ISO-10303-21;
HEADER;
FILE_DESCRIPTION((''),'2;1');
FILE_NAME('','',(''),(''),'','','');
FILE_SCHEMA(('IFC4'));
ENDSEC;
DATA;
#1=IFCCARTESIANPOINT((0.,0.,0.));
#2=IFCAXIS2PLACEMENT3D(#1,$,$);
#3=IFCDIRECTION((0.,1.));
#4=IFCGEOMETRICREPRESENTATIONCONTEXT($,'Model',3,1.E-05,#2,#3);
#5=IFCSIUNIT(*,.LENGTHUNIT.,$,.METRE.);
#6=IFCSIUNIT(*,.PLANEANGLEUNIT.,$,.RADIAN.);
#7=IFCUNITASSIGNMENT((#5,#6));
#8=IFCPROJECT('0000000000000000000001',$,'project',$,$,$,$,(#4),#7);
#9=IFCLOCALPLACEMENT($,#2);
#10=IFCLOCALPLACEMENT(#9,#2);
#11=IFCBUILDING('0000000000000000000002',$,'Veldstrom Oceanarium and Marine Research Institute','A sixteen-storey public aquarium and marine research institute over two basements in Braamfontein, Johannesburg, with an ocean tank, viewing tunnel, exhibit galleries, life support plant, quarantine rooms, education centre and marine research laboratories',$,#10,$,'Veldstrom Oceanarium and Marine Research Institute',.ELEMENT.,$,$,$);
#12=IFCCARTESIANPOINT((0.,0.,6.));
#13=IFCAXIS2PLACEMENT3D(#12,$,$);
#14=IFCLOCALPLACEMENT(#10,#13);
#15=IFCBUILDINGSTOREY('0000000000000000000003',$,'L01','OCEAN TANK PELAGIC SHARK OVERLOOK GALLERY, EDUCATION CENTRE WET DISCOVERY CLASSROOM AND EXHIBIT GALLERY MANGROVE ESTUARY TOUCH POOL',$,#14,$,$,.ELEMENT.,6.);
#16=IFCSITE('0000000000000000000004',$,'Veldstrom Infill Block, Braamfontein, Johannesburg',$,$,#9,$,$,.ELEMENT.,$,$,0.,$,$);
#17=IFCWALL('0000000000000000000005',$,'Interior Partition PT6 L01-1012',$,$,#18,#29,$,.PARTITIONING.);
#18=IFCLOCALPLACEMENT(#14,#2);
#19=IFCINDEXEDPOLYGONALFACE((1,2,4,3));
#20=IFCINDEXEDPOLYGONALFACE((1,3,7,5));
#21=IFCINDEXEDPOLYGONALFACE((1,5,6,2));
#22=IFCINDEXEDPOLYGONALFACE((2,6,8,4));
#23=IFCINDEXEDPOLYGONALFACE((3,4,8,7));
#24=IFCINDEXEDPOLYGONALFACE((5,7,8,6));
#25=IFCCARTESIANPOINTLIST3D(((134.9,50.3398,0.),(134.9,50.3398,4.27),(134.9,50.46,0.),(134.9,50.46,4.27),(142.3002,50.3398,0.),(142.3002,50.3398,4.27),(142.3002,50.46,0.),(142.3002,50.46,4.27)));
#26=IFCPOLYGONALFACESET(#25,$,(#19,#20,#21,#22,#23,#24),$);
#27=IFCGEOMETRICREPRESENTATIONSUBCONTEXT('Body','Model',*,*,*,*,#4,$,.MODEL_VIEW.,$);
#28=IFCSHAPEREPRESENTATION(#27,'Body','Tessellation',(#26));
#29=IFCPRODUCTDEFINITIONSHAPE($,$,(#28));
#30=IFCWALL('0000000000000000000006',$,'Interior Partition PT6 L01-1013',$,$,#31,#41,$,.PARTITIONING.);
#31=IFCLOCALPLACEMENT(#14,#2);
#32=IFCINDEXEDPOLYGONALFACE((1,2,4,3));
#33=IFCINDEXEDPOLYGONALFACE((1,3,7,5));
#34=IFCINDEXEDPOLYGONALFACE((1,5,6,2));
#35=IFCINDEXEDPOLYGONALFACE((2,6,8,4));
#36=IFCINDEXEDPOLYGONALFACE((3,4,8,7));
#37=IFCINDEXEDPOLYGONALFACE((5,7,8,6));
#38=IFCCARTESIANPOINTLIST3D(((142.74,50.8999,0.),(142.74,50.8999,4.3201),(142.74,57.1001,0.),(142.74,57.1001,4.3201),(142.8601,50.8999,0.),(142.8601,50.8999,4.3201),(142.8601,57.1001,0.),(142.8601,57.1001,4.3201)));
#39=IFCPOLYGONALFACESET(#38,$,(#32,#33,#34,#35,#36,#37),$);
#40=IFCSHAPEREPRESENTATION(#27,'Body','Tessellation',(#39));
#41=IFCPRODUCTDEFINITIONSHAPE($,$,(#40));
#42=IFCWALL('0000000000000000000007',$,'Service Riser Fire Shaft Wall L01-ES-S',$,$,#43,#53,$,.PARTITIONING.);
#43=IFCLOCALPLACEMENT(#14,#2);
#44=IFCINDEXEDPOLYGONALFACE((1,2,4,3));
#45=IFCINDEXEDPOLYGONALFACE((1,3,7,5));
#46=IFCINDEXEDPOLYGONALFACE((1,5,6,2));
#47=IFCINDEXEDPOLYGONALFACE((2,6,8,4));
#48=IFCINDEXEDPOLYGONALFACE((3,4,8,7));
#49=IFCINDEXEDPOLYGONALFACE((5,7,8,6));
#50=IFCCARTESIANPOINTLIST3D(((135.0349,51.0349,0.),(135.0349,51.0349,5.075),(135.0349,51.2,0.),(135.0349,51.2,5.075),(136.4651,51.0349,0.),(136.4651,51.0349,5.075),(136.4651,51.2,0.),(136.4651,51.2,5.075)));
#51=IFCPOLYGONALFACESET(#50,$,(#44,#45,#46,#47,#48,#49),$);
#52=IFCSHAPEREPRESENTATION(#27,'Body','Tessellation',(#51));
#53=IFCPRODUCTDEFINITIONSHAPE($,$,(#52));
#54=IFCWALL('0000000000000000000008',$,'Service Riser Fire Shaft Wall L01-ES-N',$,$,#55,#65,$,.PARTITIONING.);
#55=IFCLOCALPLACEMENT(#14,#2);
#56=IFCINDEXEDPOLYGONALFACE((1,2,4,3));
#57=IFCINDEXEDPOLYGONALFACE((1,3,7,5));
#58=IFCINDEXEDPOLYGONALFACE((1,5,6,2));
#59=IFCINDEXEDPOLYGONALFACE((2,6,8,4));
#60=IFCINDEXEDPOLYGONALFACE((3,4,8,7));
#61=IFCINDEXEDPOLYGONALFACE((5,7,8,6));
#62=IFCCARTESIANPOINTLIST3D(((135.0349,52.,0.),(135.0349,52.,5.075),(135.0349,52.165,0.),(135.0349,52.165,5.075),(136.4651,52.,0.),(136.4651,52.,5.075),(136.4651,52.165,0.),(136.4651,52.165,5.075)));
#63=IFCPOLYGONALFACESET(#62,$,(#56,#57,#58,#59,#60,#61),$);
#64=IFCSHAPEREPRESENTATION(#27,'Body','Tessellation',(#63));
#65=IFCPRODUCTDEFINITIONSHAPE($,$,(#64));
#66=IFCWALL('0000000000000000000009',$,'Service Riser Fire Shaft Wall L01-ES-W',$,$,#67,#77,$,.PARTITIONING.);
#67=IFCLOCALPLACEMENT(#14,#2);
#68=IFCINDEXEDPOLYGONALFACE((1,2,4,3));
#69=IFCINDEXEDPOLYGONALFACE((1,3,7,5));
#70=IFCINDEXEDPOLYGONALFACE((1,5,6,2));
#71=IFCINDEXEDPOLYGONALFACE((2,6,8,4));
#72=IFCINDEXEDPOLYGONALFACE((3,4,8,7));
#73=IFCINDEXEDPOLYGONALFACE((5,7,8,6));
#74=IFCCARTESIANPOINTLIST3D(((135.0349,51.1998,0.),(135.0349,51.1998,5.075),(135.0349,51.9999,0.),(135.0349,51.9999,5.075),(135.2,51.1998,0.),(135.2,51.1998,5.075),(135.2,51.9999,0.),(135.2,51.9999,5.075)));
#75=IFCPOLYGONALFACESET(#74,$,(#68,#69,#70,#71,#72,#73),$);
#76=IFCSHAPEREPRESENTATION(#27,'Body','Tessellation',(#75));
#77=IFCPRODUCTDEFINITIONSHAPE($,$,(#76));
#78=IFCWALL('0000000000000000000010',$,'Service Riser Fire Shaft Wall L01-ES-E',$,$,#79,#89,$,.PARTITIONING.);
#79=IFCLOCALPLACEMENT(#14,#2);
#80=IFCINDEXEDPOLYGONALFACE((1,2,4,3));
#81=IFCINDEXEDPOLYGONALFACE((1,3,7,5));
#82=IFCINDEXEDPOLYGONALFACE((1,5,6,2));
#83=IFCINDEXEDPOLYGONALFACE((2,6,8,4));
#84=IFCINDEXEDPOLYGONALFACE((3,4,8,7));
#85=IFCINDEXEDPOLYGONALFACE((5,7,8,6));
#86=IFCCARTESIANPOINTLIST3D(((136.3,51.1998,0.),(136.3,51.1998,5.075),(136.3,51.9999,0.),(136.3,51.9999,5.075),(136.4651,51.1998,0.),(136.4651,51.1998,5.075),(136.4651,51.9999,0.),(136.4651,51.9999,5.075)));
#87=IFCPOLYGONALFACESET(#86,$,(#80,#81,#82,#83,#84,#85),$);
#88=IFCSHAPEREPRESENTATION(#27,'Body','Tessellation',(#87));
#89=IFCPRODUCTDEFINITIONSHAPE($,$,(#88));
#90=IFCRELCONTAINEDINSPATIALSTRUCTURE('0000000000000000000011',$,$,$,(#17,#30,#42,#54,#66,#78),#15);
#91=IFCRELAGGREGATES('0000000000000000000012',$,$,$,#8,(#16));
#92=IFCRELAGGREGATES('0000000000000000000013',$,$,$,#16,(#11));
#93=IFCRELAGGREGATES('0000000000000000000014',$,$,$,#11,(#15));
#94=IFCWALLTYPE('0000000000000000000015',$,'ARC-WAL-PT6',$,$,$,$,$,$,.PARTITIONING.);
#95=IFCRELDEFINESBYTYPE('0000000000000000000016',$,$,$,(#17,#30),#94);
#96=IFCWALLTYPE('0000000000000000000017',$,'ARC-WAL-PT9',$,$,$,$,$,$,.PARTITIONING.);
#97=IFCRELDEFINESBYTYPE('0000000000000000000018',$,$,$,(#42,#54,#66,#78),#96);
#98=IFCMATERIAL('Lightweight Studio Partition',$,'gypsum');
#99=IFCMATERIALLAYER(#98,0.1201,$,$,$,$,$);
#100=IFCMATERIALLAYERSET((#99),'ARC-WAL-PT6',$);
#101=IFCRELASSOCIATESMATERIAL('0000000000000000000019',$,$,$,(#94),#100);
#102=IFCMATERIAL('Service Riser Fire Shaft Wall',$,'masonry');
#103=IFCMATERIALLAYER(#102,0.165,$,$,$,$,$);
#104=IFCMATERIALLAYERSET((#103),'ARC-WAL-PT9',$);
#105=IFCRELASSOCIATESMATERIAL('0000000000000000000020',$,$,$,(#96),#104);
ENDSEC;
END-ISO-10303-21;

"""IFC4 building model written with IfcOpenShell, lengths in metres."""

from ifc_helpers import new_model, si_unit, direction, frame, frame_2d, origin, place, context, subcontext, project, spatial, rectangle, extrude, material, layer, layer_set, type_object, element, save


model = new_model("IFC4")

# Units and contexts
model_context = context("Model", 3, precision=1e-05, world=origin(), true_north=direction((0.0, 1.0)))
body_context = subcontext(model_context, "Body", "Model", "MODEL_VIEW")
ifc_project = project(units=[si_unit("LENGTHUNIT", "METRE"), si_unit("PLANEANGLEUNIT", "RADIAN")], contexts=[model_context])

# Site, building, storey
site_placement = place(None, origin())
site = spatial("IfcSite", under=ifc_project, at=site_placement, Name="Veldstrom Infill Block, Braamfontein, Johannesburg", CompositionType="ELEMENT", RefElevation=0.0)
building_placement = place(site_placement, origin())
building = spatial("IfcBuilding", under=site, at=building_placement, Name="Veldstrom Oceanarium and Marine Research Institute", Description="A sixteen-storey public aquarium and marine research institute over two basements in Braamfontein, Johannesburg, with an ocean tank, viewing tunnel, exhibit galleries, life support plant, quarantine rooms, education centre and marine research laboratories", LongName="Veldstrom Oceanarium and Marine Research Institute", CompositionType="ELEMENT")
storey_placement = place(building_placement, frame((0.0, 0.0, 6.0)))
storey = spatial("IfcBuildingStorey", under=building, at=storey_placement, Name="L01", Description="OCEAN TANK PELAGIC SHARK OVERLOOK GALLERY, EDUCATION CENTRE WET DISCOVERY CLASSROOM AND EXHIBIT GALLERY MANGROVE ESTUARY TOUCH POOL", CompositionType="ELEMENT", Elevation=6.0)

# Walls
ifc_material_1 = material(Name="Lightweight Studio Partition", Category="gypsum")
ifc_layer_1 = layer(ifc_material_1, 0.1201)
ifc_layer_set_1 = layer_set([ifc_layer_1], Name="ARC-WAL-PT6")
wall_type_1 = type_object("IfcWallType", Name="ARC-WAL-PT6", PredefinedType="PARTITIONING", material=ifc_layer_set_1)
wall_1_placement = place(storey_placement, frame((134.8999, 50.3999, 0.0), z_axis=(0.0, 0.0, 1.0), x_axis=(1.0, 0.0, 0.0)))
element("IfcWall", 1, at=wall_1_placement, inside=storey, type_object=wall_type_1, Name="Interior Partition PT6 L01-1012", PredefinedType="PARTITIONING", context=body_context, shape_type="SweptSolid", body=[
    extrude(rectangle(XDim=7.4001, YDim=0.1201, at=frame_2d((3.7002, 0.0))), origin(), (0.0, 0.0, 1.0), 4.27),
])
wall_2_placement = place(storey_placement, frame((142.8, 50.8999, 0.0), z_axis=(0.0, 0.0, 1.0), x_axis=(0.0, 1.0, 0.0)))
element("IfcWall", 2, at=wall_2_placement, inside=storey, type_object=wall_type_1, Name="Interior Partition PT6 L01-1013", PredefinedType="PARTITIONING", context=body_context, shape_type="SweptSolid", body=[
    extrude(rectangle(XDim=6.2002, YDim=0.1201, at=frame_2d((3.1001, 0.0))), origin(), (0.0, 0.0, 1.0), 4.3201),
])
ifc_material_2 = material(Name="Service Riser Fire Shaft Wall", Category="masonry")
ifc_layer_2 = layer(ifc_material_2, 0.165)
ifc_layer_set_2 = layer_set([ifc_layer_2], Name="ARC-WAL-PT9")
wall_type_2 = type_object("IfcWallType", Name="ARC-WAL-PT9", PredefinedType="PARTITIONING", material=ifc_layer_set_2)
for number, where, z_axis, x_axis, name in (
    (3, (135.0349, 51.1174, 0.0), (0.0, 0.0, 1.0), (1.0, 0.0, 0.0), "Service Riser Fire Shaft Wall L01-ES-S"),
    (4, (135.0349, 52.0825, 0.0), (0.0, 0.0, 1.0), (1.0, 0.0, 0.0), "Service Riser Fire Shaft Wall L01-ES-N"),
):
    element("IfcWall", number, at=place(storey_placement, frame(where, z_axis=z_axis, x_axis=x_axis)), inside=storey, type_object=wall_type_2, Name=name, PredefinedType="PARTITIONING", context=body_context, shape_type="SweptSolid", body=[
        extrude(rectangle(XDim=1.4302, YDim=0.165, at=frame_2d((0.7151, 0.0))), origin(), (0.0, 0.0, 1.0), 5.075),
    ])
for number, where, z_axis, x_axis, name in (
    (5, (135.1174, 51.2, 0.0), (0.0, 0.0, 1.0), (0.0, 1.0, 0.0), "Service Riser Fire Shaft Wall L01-ES-W"),
    (6, (136.3826, 51.2, 0.0), (0.0, 0.0, 1.0), (0.0, 1.0, 0.0), "Service Riser Fire Shaft Wall L01-ES-E"),
):
    element("IfcWall", number, at=place(storey_placement, frame(where, z_axis=z_axis, x_axis=x_axis)), inside=storey, type_object=wall_type_2, Name=name, PredefinedType="PARTITIONING", context=body_context, shape_type="SweptSolid", body=[
        extrude(rectangle(XDim=0.8, YDim=0.165, at=frame_2d((0.3999, 0.0))), origin(), (0.0, 0.0, 1.0), 5.075),
    ])

save(model, "model.ifc")
